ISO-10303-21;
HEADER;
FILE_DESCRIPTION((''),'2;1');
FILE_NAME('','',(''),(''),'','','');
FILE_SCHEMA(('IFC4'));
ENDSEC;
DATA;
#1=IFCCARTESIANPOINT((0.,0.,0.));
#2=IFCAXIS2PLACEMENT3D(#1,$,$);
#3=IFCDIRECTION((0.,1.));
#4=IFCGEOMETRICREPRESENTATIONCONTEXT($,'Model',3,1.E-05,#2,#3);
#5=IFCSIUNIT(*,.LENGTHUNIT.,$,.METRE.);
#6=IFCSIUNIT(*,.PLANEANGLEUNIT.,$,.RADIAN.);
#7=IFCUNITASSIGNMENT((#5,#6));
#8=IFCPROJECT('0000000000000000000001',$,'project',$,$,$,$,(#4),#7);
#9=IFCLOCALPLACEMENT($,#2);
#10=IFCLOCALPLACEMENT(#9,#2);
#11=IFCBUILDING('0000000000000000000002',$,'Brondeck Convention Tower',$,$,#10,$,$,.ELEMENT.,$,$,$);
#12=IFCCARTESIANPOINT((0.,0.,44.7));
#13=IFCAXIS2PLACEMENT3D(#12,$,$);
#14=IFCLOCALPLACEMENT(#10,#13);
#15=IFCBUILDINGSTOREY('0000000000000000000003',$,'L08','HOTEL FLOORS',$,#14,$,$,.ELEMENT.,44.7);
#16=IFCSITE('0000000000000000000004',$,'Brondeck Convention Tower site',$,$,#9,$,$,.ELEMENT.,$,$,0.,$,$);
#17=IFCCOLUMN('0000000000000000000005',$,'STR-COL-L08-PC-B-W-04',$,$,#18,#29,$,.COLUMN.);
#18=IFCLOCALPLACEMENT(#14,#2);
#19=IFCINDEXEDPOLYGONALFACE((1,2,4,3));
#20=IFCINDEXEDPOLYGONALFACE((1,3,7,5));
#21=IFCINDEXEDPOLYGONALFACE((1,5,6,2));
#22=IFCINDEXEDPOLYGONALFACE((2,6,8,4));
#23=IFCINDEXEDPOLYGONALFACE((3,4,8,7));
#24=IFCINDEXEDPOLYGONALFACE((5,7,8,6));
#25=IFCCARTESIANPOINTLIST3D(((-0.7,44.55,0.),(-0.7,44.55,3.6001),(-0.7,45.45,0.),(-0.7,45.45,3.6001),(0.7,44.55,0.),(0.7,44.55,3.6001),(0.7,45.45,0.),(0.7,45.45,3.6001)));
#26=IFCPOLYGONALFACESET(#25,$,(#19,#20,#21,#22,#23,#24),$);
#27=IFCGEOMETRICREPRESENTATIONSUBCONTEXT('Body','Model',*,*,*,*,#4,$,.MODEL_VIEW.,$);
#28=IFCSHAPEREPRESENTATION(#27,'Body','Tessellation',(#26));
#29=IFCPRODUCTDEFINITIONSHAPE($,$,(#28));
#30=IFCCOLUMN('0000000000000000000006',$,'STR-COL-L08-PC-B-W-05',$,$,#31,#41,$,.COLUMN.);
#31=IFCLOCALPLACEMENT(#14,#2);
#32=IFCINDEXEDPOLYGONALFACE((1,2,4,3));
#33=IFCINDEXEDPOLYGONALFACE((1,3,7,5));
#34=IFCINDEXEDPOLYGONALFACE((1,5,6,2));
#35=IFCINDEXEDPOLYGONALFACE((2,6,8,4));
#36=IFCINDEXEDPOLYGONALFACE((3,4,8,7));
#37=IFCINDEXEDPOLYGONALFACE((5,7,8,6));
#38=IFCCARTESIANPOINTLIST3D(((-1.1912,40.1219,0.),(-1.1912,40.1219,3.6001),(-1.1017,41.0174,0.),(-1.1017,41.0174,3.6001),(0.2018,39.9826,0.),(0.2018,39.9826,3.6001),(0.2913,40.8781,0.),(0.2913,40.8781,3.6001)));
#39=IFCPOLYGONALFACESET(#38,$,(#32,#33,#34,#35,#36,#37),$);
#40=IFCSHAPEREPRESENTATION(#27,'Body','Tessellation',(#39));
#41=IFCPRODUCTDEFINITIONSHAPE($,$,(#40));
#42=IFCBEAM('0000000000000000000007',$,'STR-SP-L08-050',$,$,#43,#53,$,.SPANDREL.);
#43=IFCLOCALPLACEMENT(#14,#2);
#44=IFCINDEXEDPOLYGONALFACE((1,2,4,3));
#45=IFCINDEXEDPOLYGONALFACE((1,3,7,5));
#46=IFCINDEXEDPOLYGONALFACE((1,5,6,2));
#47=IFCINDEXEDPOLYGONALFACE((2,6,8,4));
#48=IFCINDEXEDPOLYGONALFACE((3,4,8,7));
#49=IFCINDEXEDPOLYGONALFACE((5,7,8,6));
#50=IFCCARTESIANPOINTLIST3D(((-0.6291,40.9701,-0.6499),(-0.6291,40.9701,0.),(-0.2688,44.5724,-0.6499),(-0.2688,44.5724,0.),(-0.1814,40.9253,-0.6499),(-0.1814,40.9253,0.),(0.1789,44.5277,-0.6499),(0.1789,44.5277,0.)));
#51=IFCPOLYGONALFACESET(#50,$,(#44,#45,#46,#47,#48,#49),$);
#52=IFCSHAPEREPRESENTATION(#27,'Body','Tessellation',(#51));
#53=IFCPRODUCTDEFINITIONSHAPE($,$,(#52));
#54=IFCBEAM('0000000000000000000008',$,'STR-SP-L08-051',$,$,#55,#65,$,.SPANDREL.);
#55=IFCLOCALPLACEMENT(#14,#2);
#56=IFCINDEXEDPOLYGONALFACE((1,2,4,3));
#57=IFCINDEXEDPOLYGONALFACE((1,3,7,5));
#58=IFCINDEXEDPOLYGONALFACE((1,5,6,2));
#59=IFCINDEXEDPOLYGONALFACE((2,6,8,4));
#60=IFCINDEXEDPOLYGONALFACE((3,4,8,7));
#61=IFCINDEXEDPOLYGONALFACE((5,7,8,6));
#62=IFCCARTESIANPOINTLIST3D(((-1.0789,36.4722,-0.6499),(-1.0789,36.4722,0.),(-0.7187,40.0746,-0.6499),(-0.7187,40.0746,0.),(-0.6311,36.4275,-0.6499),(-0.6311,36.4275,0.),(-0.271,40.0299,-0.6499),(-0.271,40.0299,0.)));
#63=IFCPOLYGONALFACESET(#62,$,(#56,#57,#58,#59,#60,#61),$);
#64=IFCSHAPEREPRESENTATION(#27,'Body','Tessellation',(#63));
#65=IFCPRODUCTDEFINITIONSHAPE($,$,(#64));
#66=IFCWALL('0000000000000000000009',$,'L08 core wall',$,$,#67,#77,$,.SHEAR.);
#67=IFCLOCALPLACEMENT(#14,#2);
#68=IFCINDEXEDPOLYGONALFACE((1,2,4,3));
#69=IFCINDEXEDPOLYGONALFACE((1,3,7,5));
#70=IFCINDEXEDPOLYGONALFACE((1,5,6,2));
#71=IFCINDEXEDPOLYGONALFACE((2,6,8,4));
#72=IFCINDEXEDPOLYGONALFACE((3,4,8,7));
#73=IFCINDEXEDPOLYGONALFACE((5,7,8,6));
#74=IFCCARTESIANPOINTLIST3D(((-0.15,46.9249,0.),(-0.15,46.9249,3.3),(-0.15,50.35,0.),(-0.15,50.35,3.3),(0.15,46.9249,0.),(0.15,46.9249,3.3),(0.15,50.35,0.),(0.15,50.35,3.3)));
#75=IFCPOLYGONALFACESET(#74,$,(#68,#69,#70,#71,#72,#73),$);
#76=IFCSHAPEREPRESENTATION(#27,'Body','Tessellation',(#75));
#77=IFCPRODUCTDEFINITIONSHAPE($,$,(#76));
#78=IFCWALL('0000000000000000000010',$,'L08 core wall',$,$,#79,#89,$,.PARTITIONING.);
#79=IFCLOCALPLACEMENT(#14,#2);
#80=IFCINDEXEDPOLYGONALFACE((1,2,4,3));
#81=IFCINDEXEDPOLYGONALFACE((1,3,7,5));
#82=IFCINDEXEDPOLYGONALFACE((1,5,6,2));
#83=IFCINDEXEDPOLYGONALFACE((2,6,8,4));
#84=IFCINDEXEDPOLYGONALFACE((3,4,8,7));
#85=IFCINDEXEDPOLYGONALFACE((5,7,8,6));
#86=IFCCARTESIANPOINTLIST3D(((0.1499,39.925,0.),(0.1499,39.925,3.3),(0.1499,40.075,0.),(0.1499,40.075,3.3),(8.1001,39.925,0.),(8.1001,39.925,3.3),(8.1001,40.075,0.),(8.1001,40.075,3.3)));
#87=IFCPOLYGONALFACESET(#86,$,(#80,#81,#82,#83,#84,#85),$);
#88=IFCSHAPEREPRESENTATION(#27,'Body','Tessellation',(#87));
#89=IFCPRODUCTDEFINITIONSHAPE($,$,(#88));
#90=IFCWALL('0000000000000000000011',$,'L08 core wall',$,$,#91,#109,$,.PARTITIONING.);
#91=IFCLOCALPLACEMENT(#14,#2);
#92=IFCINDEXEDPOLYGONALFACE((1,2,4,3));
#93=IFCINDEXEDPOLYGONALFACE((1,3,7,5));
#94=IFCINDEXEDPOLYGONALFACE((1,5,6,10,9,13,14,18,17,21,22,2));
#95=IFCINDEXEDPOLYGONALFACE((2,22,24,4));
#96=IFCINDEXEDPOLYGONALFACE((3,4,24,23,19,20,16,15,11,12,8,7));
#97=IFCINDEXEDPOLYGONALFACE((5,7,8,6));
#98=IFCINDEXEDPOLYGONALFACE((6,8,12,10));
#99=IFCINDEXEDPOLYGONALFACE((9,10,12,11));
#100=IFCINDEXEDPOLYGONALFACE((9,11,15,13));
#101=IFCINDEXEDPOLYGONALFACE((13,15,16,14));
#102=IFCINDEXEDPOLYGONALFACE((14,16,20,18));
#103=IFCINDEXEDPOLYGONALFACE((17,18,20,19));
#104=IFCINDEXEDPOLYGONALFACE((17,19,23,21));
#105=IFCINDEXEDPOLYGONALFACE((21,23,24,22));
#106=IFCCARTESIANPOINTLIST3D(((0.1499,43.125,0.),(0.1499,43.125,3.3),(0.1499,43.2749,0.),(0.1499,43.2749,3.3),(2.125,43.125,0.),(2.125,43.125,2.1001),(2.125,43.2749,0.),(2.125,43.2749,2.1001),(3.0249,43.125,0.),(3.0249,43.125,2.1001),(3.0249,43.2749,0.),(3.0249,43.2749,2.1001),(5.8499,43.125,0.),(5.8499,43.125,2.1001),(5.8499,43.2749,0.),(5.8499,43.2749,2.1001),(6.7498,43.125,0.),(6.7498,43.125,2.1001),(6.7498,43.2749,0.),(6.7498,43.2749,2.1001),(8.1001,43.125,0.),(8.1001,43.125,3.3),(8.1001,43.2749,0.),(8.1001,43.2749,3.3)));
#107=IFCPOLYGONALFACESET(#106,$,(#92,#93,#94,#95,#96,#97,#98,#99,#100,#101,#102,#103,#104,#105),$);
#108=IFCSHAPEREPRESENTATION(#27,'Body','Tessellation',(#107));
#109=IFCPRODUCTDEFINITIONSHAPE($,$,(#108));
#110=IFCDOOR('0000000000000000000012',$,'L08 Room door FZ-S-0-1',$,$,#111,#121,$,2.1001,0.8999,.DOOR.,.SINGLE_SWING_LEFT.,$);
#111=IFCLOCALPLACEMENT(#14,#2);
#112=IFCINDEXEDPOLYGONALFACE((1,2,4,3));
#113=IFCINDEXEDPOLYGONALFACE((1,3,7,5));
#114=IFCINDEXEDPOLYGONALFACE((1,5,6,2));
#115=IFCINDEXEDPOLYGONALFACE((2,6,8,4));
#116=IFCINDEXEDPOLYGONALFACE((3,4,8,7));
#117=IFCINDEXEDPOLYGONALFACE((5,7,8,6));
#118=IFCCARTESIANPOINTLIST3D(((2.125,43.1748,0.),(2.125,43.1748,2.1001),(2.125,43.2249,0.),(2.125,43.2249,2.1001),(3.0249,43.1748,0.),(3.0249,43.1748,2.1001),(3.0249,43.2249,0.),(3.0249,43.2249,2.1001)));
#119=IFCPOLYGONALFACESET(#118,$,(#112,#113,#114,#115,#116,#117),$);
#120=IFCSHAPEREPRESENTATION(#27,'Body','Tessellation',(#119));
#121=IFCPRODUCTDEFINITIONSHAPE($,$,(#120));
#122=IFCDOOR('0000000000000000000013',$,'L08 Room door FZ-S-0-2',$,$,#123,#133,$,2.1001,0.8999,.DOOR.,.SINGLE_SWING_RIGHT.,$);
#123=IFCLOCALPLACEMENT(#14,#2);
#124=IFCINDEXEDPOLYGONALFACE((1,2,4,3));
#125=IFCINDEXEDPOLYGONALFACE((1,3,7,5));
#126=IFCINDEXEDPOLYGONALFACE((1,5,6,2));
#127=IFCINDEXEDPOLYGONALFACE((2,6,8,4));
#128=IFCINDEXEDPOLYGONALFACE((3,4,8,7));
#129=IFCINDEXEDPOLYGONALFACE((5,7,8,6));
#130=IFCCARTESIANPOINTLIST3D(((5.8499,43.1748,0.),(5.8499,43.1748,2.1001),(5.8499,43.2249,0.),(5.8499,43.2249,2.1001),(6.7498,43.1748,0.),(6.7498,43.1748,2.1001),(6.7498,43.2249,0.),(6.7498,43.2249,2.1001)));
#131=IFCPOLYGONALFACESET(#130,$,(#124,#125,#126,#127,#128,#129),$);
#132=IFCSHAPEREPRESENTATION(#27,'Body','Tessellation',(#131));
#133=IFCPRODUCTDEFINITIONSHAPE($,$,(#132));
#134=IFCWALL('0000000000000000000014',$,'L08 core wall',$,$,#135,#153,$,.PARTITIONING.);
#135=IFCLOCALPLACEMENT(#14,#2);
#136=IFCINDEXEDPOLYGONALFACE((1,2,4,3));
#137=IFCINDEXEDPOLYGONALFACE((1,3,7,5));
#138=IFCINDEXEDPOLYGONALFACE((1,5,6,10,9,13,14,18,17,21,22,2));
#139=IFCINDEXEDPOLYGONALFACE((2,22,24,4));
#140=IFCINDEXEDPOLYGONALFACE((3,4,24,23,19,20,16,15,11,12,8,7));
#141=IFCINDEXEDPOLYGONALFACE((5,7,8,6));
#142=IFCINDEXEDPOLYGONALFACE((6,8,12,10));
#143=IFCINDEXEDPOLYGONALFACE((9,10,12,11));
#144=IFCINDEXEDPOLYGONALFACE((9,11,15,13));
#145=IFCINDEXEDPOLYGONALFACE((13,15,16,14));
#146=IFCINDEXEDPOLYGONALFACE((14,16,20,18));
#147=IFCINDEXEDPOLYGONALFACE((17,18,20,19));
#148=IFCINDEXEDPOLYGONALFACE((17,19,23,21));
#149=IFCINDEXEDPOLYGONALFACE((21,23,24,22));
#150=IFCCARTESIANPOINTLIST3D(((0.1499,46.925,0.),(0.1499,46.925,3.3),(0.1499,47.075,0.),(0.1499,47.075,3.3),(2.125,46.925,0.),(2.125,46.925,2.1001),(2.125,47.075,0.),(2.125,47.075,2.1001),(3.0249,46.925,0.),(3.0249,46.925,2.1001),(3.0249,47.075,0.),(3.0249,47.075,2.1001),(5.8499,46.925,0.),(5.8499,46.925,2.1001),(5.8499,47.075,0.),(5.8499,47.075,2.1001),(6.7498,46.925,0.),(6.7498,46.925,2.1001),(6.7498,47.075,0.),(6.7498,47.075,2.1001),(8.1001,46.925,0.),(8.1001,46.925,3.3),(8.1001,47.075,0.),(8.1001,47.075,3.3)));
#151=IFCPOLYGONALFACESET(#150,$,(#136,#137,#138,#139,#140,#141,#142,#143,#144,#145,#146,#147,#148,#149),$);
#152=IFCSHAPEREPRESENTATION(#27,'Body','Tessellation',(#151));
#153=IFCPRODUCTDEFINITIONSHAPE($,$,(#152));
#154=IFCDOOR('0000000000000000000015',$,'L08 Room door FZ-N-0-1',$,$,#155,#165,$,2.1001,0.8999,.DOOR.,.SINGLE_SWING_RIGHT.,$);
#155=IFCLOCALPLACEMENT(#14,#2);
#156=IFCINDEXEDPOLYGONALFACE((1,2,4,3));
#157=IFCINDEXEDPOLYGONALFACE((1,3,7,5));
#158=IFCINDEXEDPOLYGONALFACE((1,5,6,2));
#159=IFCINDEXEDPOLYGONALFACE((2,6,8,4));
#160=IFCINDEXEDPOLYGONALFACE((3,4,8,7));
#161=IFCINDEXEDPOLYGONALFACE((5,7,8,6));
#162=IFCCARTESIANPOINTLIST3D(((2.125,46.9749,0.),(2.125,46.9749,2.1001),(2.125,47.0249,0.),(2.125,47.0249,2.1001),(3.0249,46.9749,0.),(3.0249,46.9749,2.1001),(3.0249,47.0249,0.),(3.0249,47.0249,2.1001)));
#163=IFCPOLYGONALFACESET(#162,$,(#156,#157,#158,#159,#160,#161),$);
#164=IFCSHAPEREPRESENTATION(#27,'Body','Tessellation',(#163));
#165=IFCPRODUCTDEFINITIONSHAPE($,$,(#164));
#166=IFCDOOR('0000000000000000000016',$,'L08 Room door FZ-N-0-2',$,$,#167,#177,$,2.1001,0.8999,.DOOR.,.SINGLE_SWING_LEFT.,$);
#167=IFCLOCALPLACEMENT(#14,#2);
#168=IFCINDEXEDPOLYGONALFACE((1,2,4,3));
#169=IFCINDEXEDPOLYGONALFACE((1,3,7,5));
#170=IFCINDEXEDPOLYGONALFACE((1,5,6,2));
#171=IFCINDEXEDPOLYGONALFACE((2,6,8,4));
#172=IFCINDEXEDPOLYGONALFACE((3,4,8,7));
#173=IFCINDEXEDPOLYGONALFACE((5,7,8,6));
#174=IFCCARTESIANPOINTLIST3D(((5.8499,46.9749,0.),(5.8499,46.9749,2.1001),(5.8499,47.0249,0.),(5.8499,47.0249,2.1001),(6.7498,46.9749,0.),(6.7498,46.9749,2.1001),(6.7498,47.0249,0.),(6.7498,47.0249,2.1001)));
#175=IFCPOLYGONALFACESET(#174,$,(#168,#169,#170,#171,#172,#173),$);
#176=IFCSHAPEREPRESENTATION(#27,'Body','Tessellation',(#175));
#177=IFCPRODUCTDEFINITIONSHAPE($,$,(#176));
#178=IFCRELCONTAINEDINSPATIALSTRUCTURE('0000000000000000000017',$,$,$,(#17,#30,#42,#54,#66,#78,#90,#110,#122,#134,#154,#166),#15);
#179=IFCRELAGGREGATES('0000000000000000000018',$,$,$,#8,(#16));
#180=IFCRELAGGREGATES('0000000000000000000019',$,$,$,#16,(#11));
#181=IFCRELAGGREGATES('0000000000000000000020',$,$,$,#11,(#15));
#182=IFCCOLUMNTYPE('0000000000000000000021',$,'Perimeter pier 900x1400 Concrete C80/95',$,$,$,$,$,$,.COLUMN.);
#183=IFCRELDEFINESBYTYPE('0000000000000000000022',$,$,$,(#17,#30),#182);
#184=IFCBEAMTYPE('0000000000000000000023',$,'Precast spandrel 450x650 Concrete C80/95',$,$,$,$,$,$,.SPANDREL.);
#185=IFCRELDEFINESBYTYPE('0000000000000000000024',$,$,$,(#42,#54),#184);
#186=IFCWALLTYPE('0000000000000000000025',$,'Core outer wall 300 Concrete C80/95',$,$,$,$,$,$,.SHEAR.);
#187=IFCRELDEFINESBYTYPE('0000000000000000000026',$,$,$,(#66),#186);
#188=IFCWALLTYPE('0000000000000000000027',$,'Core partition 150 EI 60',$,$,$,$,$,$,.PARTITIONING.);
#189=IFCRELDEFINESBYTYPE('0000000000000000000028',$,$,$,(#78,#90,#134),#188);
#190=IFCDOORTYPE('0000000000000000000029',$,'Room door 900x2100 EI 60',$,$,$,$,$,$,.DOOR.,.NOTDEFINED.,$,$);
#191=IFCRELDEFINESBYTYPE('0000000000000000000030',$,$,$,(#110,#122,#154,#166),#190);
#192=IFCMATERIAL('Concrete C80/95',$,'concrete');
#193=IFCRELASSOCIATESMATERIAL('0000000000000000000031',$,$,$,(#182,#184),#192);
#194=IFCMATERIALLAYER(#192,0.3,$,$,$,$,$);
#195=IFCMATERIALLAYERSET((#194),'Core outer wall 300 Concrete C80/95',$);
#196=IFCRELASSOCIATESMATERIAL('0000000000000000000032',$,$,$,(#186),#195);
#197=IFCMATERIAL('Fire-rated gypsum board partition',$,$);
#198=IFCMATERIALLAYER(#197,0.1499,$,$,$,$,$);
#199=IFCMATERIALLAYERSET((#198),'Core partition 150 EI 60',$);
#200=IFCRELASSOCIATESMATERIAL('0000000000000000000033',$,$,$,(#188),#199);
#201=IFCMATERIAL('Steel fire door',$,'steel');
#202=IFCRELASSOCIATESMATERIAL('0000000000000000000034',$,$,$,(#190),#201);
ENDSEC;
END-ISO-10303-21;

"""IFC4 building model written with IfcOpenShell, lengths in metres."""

from ifc_helpers import new_model, si_unit, direction, frame, frame_2d, origin, origin_2d, place, context, subcontext, project, spatial, rectangle, extrude, material, layer, layer_set, material_profile, profile_set, type_object, element, fill, save


model = new_model("IFC4")

# Units and contexts
model_context = context("Model", 3, precision=1e-05, world=origin(), true_north=direction((0.0, 1.0)))
body_context = subcontext(model_context, "Body", "Model", "MODEL_VIEW")
ifc_project = project(units=[si_unit("LENGTHUNIT", "METRE"), si_unit("PLANEANGLEUNIT", "RADIAN")], contexts=[model_context])

# Site, building, storey
site_placement = place(None, origin())
site = spatial("IfcSite", under=ifc_project, at=site_placement, Name="Brondeck Convention Tower site", CompositionType="ELEMENT", RefElevation=0.0)
building_placement = place(site_placement, origin())
building = spatial("IfcBuilding", under=site, at=building_placement, Name="Brondeck Convention Tower", CompositionType="ELEMENT")
storey_placement = place(building_placement, frame((0.0, 0.0, 44.7)))
storey = spatial("IfcBuildingStorey", under=building, at=storey_placement, Name="L08", Description="HOTEL FLOORS", CompositionType="ELEMENT", Elevation=44.7)

# Columns
ifc_material_1 = material(Name="Concrete C80/95", Category="concrete")
ifc_material_profile_1 = material_profile(ifc_material_1, rectangle(XDim=0.8999, YDim=1.3999, at=origin_2d()), Name="Perimeter pier 900x1400 Concrete C80/95")
ifc_profile_set_1 = profile_set([ifc_material_profile_1], Name="Concrete C80/95")
column_type = type_object("IfcColumnType", Name="Perimeter pier 900x1400 Concrete C80/95", PredefinedType="COLUMN", material=ifc_profile_set_1)
for number, where, z_axis, x_axis, name in (
    (1, (0.0, 45.0, 0.0), (0.0, 0.0, 1.0), (0.0, -1.0, 0.0), "STR-COL-L08-PC-B-W-04"),
    (2, (-0.45, 40.5, 0.0), (0.0, 0.0, 1.0), (-0.099504, -0.995037, 0.0), "STR-COL-L08-PC-B-W-05"),
):
    element("IfcColumn", number, at=place(storey_placement, frame(where, z_axis=z_axis, x_axis=x_axis)), inside=storey, type_object=column_type, Name=name, PredefinedType="COLUMN", context=body_context, shape_type="SweptSolid", body=[
        extrude(rectangle(XDim=0.8999, YDim=1.3999, at=origin_2d()), origin(), (0.0, 0.0, 1.0), 3.6001),
    ])

# Beams
ifc_material_profile_2 = material_profile(ifc_material_1, rectangle(XDim=0.45, YDim=0.6499, at=origin_2d()), Name="Precast spandrel 450x650 Concrete C80/95")
ifc_profile_set_2 = profile_set([ifc_material_profile_2], Name="Concrete C80/95")
beam_type = type_object("IfcBeamType", Name="Precast spandrel 450x650 Concrete C80/95", PredefinedType="SPANDREL", material=ifc_profile_set_2)
for number, where, z_axis, x_axis, name in (
    (3, (-0.0449, 44.55, -0.325), (-0.099537, -0.995034, 0.0), (0.995034, -0.099537, 0.0), "STR-SP-L08-050"),
    (4, (-0.4949, 40.0522, -0.325), (-0.09947, -0.995041, 0.0), (0.995041, -0.09947, 0.0), "STR-SP-L08-051"),
):
    element("IfcBeam", number, at=place(storey_placement, frame(where, z_axis=z_axis, x_axis=x_axis)), inside=storey, type_object=beam_type, Name=name, PredefinedType="SPANDREL", context=body_context, shape_type="SweptSolid", body=[
        extrude(rectangle(XDim=0.45, YDim=0.6499, at=origin_2d()), origin(), (0.0, 0.0, 1.0), 3.6204),
    ])

# Walls
ifc_layer_1 = layer(ifc_material_1, 0.3)
ifc_layer_set_1 = layer_set([ifc_layer_1], Name="Core outer wall 300 Concrete C80/95")
wall_type_1 = type_object("IfcWallType", Name="Core outer wall 300 Concrete C80/95", PredefinedType="SHEAR", material=ifc_layer_set_1)
wall_1_placement = place(storey_placement, frame((0.0, 46.925, 0.0), z_axis=(0.0, 0.0, 1.0), x_axis=(0.0, 1.0, 0.0)))
element("IfcWall", 5, at=wall_1_placement, inside=storey, type_object=wall_type_1, Name="L08 core wall", PredefinedType="SHEAR", context=body_context, shape_type="SweptSolid", body=[
    extrude(rectangle(XDim=3.425, YDim=0.3, at=frame_2d((1.7124, 0.0))), origin(), (0.0, 0.0, 1.0), 3.3),
])
ifc_material_2 = material(Name="Fire-rated gypsum board partition")
ifc_layer_2 = layer(ifc_material_2, 0.1499)
ifc_layer_set_2 = layer_set([ifc_layer_2], Name="Core partition 150 EI 60")
wall_type_2 = type_object("IfcWallType", Name="Core partition 150 EI 60", PredefinedType="PARTITIONING", material=ifc_layer_set_2)
wall_2_placement = place(storey_placement, frame((0.1499, 40.0, 0.0), z_axis=(0.0, 0.0, 1.0), x_axis=(1.0, 0.0, 0.0)))
element("IfcWall", 6, at=wall_2_placement, inside=storey, type_object=wall_type_2, Name="L08 core wall", PredefinedType="PARTITIONING", context=body_context, shape_type="SweptSolid", body=[
    extrude(rectangle(XDim=7.9502, YDim=0.1499, at=frame_2d((3.9751, 0.0))), origin(), (0.0, 0.0, 1.0), 3.3),
])

# Walls, openings, doors
wall_3_placement = place(storey_placement, frame((0.1499, 43.2, 0.0), z_axis=(0.0, 0.0, 1.0), x_axis=(1.0, 0.0, 0.0)))
wall_3 = element("IfcWall", 7, at=wall_3_placement, inside=storey, type_object=wall_type_2, Name="L08 core wall", PredefinedType="PARTITIONING", context=body_context, shape_type="SweptSolid", body=[
    extrude(rectangle(XDim=7.9502, YDim=0.1499, at=frame_2d((3.9751, 0.0))), origin(), (0.0, 0.0, 1.0), 3.3),
])
opening_1_placement = place(wall_3_placement, frame((1.9751, 0.0, 0.0)))
opening_1 = element("IfcOpeningElement", 8, at=opening_1_placement, cuts=wall_3, PredefinedType="OPENING", context=body_context, shape_type="SweptSolid", body=[
    extrude(rectangle(XDim=0.8999, YDim=2.1001, at=frame_2d((0.45, 1.05))), frame((0.0, 0.085, 0.0), z_axis=(0.0, -1.0, 0.0), x_axis=(1.0, 0.0, 0.0)), (0.0, 0.0, 1.0), 0.1699),
])
opening_2_placement = place(wall_3_placement, frame((5.7, 0.0, 0.0)))
opening_2 = element("IfcOpeningElement", 9, at=opening_2_placement, cuts=wall_3, PredefinedType="OPENING", context=body_context, shape_type="SweptSolid", body=[
    extrude(rectangle(XDim=0.8999, YDim=2.1001, at=frame_2d((0.45, 1.05))), frame((0.0, 0.085, 0.0), z_axis=(0.0, -1.0, 0.0), x_axis=(1.0, 0.0, 0.0)), (0.0, 0.0, 1.0), 0.1699),
])
ifc_material_3 = material(Name="Steel fire door", Category="steel")
door_type = type_object("IfcDoorType", Name="Room door 900x2100 EI 60", OperationType="NOTDEFINED", PredefinedType="DOOR", material=ifc_material_3)
door_1_placement = place(opening_1_placement, origin())
door_1 = element("IfcDoor", 10, at=door_1_placement, inside=storey, type_object=door_type, Name="L08 Room door FZ-S-0-1", OperationType="SINGLE_SWING_LEFT", OverallHeight=2.1001, OverallWidth=0.8999, PredefinedType="DOOR", context=body_context, shape_type="SweptSolid", body=[
    extrude(rectangle(XDim=0.8999, YDim=2.1001, at=frame_2d((0.45, 1.05))), frame((0.0, 0.0249, 0.0), z_axis=(0.0, -1.0, 0.0), x_axis=(1.0, 0.0, 0.0)), (0.0, 0.0, 1.0), 0.05),
])
fill(opening_1, door_1)
door_2_placement = place(opening_2_placement, origin())
door_2 = element("IfcDoor", 11, at=door_2_placement, inside=storey, type_object=door_type, Name="L08 Room door FZ-S-0-2", OperationType="SINGLE_SWING_RIGHT", OverallHeight=2.1001, OverallWidth=0.8999, PredefinedType="DOOR", context=body_context, shape_type="SweptSolid", body=[
    extrude(rectangle(XDim=0.8999, YDim=2.1001, at=frame_2d((0.45, 1.05))), frame((0.0, 0.0249, 0.0), z_axis=(0.0, -1.0, 0.0), x_axis=(1.0, 0.0, 0.0)), (0.0, 0.0, 1.0), 0.05),
])
fill(opening_2, door_2)
wall_4_placement = place(storey_placement, frame((0.1499, 47.0, 0.0), z_axis=(0.0, 0.0, 1.0), x_axis=(1.0, 0.0, 0.0)))
wall_4 = element("IfcWall", 12, at=wall_4_placement, inside=storey, type_object=wall_type_2, Name="L08 core wall", PredefinedType="PARTITIONING", context=body_context, shape_type="SweptSolid", body=[
    extrude(rectangle(XDim=7.9502, YDim=0.1499, at=frame_2d((3.9751, 0.0))), origin(), (0.0, 0.0, 1.0), 3.3),
])
opening_3_placement = place(wall_4_placement, frame((1.9751, 0.0, 0.0)))
opening_3 = element("IfcOpeningElement", 13, at=opening_3_placement, cuts=wall_4, PredefinedType="OPENING", context=body_context, shape_type="SweptSolid", body=[
    extrude(rectangle(XDim=0.8999, YDim=2.1001, at=frame_2d((0.45, 1.05))), frame((0.0, 0.085, 0.0), z_axis=(0.0, -1.0, 0.0), x_axis=(1.0, 0.0, 0.0)), (0.0, 0.0, 1.0), 0.1699),
])
opening_4_placement = place(wall_4_placement, frame((5.7, 0.0, 0.0)))
opening_4 = element("IfcOpeningElement", 14, at=opening_4_placement, cuts=wall_4, PredefinedType="OPENING", context=body_context, shape_type="SweptSolid", body=[
    extrude(rectangle(XDim=0.8999, YDim=2.1001, at=frame_2d((0.45, 1.05))), frame((0.0, 0.085, 0.0), z_axis=(0.0, -1.0, 0.0), x_axis=(1.0, 0.0, 0.0)), (0.0, 0.0, 1.0), 0.1699),
])
door_3_placement = place(opening_3_placement, origin())
door_3 = element("IfcDoor", 15, at=door_3_placement, inside=storey, type_object=door_type, Name="L08 Room door FZ-N-0-1", OperationType="SINGLE_SWING_RIGHT", OverallHeight=2.1001, OverallWidth=0.8999, PredefinedType="DOOR", context=body_context, shape_type="SweptSolid", body=[
    extrude(rectangle(XDim=0.8999, YDim=2.1001, at=frame_2d((0.45, 1.05))), frame((0.0, 0.0249, 0.0), z_axis=(0.0, -1.0, 0.0), x_axis=(1.0, 0.0, 0.0)), (0.0, 0.0, 1.0), 0.05),
])
fill(opening_3, door_3)
door_4_placement = place(opening_4_placement, origin())
door_4 = element("IfcDoor", 16, at=door_4_placement, inside=storey, type_object=door_type, Name="L08 Room door FZ-N-0-2", OperationType="SINGLE_SWING_LEFT", OverallHeight=2.1001, OverallWidth=0.8999, PredefinedType="DOOR", context=body_context, shape_type="SweptSolid", body=[
    extrude(rectangle(XDim=0.8999, YDim=2.1001, at=frame_2d((0.45, 1.05))), frame((0.0, 0.0249, 0.0), z_axis=(0.0, -1.0, 0.0), x_axis=(1.0, 0.0, 0.0)), (0.0, 0.0, 1.0), 0.05),
])
fill(opening_4, door_4)

save(model, "model.ifc")
